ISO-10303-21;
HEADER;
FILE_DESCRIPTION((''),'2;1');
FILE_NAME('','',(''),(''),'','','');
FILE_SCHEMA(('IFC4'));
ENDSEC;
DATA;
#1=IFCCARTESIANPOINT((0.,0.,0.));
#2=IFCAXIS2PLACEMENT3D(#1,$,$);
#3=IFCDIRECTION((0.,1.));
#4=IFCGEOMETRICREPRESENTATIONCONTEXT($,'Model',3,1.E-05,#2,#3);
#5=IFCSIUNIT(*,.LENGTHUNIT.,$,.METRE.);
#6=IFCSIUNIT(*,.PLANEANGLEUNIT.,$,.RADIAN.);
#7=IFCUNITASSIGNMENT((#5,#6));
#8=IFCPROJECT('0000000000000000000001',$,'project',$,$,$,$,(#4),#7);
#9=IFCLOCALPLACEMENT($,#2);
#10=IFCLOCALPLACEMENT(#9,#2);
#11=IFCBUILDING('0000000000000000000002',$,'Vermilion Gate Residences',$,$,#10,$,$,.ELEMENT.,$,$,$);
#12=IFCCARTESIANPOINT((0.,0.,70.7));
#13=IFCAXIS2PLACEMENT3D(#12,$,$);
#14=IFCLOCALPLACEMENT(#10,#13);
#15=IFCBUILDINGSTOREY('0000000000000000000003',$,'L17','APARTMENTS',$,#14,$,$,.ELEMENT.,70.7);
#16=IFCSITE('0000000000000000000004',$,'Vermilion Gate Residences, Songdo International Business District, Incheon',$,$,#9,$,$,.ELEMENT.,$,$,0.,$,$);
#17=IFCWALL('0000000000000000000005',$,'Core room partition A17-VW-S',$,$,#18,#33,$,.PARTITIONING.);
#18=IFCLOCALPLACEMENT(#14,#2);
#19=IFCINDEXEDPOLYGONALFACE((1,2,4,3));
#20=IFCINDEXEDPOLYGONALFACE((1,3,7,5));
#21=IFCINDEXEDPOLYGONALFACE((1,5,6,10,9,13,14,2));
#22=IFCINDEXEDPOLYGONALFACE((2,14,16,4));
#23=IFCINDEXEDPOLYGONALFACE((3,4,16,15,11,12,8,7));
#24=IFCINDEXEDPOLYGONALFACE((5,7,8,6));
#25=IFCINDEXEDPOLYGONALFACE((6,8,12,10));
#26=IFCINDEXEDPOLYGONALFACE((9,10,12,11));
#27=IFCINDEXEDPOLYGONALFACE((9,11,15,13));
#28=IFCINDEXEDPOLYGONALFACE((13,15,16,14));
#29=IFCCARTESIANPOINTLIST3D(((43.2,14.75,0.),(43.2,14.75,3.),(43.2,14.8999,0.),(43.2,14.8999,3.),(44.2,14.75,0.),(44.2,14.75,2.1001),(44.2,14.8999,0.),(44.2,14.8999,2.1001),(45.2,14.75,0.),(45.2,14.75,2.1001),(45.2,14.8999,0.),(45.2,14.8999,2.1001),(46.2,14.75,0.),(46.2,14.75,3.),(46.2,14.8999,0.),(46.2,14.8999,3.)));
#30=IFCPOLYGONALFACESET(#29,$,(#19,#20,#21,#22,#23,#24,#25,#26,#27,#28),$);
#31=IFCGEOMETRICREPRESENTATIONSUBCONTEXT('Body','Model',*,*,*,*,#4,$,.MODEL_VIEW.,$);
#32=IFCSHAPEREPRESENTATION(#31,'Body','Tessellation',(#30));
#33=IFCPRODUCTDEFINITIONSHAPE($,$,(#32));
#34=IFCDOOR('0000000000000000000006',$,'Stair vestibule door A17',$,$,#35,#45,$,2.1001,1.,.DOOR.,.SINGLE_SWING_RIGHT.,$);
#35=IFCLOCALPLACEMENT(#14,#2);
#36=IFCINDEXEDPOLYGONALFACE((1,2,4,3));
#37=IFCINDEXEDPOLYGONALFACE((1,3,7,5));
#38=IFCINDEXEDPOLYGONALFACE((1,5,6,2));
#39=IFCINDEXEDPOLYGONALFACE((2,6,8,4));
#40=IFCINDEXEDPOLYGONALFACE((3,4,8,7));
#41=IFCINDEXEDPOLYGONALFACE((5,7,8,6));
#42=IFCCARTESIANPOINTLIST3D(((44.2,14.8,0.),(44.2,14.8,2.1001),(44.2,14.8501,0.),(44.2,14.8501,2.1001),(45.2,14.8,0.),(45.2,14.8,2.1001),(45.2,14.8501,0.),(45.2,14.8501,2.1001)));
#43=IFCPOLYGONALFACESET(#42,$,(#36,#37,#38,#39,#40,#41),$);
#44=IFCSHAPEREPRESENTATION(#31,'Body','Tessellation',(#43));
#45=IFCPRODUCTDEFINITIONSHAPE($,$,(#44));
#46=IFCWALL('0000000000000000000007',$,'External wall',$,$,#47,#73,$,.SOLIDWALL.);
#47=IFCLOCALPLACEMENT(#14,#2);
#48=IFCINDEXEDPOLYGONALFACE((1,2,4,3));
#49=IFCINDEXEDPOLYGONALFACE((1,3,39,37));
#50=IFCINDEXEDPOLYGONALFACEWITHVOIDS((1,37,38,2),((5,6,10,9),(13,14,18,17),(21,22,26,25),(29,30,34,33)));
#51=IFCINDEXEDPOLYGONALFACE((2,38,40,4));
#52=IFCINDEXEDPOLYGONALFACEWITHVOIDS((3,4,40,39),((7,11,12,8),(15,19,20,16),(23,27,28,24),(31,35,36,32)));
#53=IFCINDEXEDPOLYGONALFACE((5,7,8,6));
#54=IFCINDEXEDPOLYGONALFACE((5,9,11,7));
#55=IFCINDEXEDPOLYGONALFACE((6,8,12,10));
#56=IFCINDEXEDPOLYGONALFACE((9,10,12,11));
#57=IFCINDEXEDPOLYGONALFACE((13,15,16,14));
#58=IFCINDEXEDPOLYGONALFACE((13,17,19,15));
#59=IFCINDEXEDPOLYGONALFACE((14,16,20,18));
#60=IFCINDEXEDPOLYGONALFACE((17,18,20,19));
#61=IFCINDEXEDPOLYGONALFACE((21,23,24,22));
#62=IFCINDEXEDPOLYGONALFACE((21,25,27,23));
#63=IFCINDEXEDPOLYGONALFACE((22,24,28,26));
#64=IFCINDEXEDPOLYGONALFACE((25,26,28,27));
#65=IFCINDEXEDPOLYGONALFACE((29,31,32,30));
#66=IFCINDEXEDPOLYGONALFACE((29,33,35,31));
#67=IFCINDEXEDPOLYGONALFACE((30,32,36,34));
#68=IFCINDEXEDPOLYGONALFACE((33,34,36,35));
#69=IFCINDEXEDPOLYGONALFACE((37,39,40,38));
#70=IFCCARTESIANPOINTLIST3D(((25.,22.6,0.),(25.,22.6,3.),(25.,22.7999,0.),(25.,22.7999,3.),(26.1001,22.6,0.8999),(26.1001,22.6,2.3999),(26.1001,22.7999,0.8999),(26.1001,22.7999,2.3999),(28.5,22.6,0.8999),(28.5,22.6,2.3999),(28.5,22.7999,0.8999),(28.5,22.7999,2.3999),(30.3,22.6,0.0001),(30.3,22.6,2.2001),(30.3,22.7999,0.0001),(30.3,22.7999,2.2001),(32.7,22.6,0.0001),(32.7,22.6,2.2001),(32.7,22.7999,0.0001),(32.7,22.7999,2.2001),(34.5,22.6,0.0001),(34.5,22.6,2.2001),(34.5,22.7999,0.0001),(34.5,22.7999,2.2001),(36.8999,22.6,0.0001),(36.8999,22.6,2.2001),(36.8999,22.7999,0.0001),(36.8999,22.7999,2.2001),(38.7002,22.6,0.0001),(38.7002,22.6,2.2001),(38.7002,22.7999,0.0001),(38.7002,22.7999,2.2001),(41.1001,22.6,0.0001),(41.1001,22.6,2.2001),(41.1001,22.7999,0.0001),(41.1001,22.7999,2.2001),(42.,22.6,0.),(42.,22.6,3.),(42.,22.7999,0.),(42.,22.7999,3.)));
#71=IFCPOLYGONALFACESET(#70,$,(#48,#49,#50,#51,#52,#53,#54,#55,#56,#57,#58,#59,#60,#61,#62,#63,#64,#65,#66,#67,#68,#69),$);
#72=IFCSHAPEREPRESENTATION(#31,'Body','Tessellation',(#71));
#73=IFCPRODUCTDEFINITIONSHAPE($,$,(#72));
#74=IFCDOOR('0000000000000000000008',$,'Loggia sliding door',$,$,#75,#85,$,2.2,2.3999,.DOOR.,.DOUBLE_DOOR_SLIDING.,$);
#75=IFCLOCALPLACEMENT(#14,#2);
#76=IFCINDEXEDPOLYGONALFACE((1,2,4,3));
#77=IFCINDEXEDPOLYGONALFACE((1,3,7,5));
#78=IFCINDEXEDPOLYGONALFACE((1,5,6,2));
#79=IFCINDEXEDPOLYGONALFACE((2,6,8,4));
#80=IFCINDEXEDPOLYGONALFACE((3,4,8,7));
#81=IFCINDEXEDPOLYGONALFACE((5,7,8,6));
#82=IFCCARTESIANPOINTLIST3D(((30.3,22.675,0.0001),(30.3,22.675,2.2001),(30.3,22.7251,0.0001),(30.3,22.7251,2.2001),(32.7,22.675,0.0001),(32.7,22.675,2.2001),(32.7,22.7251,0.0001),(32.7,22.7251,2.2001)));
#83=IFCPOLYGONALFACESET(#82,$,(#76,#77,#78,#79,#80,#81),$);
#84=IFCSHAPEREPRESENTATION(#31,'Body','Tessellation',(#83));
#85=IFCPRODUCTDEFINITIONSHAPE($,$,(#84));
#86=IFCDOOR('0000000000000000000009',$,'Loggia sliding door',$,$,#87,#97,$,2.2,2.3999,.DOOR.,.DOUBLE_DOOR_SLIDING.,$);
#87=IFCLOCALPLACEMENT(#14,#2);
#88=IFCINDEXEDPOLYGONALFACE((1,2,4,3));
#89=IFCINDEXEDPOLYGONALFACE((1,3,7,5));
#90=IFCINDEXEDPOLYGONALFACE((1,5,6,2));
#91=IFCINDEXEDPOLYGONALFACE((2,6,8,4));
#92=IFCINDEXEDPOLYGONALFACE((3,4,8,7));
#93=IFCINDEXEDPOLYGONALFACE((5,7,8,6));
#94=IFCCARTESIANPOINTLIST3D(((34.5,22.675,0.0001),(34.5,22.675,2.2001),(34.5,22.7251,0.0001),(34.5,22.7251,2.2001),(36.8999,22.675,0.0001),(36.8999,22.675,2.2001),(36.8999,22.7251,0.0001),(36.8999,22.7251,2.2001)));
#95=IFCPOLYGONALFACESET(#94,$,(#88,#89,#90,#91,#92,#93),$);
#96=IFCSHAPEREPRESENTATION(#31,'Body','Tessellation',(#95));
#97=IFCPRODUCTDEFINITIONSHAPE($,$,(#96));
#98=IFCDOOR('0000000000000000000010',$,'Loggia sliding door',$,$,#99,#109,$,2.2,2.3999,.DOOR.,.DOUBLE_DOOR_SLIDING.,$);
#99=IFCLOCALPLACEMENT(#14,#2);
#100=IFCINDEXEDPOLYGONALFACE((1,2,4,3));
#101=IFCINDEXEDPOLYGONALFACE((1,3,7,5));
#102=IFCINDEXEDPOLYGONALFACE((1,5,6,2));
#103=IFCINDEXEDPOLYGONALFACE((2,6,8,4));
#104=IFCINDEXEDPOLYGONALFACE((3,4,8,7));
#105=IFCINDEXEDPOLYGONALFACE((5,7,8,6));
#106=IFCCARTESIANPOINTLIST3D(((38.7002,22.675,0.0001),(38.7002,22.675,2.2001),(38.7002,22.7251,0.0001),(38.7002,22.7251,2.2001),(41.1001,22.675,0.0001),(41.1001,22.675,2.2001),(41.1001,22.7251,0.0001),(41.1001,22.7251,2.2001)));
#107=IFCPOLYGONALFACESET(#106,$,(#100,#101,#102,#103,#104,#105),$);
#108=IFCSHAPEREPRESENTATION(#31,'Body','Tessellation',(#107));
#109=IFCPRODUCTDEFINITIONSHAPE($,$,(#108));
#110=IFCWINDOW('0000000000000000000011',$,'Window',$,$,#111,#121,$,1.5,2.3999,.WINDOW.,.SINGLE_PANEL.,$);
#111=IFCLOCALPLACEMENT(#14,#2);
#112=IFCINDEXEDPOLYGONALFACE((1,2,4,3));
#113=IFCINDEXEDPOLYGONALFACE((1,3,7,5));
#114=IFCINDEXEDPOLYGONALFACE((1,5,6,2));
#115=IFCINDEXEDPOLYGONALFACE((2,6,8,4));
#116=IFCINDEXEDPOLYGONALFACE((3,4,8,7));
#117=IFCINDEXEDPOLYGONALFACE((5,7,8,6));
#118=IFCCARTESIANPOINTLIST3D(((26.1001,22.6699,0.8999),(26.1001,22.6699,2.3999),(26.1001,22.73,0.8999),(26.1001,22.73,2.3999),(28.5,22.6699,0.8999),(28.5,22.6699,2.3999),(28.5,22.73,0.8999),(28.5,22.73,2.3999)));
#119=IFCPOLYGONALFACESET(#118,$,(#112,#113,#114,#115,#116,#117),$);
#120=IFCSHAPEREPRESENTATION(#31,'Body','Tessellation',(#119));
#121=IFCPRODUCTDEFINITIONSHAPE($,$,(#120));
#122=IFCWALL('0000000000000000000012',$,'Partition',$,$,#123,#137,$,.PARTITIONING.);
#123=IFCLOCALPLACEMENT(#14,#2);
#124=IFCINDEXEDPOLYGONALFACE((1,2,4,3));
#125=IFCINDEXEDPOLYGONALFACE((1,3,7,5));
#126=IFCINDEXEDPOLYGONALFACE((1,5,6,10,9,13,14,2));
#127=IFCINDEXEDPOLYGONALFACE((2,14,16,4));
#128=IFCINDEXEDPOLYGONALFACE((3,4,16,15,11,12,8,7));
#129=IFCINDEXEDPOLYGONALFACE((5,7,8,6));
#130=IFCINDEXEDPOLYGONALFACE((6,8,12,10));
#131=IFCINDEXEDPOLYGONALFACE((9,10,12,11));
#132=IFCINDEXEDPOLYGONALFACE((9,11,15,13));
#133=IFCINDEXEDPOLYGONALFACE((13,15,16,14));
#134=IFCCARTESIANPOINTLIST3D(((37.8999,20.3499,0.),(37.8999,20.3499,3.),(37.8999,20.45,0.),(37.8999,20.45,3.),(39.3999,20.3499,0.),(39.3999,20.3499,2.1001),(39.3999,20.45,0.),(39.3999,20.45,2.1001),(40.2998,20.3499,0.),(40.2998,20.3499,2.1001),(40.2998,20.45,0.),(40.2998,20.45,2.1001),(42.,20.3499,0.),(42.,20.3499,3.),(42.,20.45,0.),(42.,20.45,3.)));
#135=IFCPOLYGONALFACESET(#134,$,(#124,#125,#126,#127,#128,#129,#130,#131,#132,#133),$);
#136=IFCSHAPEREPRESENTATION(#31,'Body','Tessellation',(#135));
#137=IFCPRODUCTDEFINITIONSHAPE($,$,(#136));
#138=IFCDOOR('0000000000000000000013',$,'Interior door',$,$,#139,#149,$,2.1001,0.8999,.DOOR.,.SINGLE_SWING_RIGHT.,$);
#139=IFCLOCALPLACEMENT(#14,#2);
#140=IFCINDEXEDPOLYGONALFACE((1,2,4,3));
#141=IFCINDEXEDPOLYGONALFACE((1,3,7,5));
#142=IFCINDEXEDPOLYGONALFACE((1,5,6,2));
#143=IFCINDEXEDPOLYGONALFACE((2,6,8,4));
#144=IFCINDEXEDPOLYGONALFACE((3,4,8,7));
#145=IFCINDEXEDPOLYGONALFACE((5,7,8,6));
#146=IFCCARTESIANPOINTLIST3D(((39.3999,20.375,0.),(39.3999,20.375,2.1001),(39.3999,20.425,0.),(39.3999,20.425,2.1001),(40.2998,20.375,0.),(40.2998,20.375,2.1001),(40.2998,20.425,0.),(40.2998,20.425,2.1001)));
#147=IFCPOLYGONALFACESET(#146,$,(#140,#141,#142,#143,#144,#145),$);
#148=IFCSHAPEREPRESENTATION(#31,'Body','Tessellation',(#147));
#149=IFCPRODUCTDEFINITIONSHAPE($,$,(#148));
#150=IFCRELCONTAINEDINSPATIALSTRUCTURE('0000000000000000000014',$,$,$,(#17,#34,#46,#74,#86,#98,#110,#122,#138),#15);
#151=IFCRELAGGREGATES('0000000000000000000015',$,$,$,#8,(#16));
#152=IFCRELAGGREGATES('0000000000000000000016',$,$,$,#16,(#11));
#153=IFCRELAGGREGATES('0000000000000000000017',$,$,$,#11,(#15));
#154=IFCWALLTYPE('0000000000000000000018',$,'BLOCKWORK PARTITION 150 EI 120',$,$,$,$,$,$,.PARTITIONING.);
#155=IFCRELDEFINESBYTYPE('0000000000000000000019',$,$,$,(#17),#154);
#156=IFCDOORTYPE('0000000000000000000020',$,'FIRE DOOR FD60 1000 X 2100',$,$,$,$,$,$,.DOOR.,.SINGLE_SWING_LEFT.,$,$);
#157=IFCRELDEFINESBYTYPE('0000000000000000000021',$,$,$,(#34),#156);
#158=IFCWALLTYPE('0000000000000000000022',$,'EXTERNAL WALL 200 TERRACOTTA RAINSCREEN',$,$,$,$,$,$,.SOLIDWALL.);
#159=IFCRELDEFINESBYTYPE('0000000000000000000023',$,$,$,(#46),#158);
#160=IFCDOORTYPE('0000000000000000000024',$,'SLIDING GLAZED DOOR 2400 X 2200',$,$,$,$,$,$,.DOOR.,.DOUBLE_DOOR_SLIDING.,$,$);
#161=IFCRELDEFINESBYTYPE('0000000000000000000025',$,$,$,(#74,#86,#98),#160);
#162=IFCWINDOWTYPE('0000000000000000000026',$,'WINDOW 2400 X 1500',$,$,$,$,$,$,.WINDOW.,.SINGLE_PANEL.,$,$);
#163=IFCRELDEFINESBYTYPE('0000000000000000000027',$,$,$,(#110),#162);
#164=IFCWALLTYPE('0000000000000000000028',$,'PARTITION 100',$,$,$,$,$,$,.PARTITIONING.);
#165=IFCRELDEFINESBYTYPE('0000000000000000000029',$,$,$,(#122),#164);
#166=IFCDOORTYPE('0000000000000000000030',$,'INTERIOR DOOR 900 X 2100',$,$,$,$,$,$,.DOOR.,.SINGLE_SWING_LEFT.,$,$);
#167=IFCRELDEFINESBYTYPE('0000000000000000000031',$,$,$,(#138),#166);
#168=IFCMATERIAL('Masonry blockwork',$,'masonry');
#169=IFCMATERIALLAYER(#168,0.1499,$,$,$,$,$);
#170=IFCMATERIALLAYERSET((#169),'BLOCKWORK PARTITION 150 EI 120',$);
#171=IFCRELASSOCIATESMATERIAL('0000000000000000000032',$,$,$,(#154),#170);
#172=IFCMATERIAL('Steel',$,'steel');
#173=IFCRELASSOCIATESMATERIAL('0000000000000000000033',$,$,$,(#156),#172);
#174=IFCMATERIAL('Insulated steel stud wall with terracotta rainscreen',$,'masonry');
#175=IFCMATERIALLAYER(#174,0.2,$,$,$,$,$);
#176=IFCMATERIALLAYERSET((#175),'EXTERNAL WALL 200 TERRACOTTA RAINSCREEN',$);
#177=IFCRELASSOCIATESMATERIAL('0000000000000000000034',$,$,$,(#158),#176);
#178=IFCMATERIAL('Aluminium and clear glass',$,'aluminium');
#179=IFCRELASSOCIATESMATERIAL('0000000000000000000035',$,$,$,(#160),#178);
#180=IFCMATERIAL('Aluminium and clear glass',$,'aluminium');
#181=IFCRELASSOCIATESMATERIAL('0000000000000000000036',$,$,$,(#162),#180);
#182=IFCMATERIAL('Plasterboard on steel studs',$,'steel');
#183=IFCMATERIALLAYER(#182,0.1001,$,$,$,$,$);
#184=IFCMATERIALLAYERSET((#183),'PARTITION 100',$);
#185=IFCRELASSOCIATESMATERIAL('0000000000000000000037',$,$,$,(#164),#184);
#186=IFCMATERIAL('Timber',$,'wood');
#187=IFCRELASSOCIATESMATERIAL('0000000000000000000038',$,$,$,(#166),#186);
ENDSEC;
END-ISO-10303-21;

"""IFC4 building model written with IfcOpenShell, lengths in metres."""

from ifc_helpers import new_model, si_unit, direction, frame, frame_2d, origin, place, context, subcontext, project, spatial, rectangle, extrude, material, layer, layer_set, type_object, element, fill, save


model = new_model("IFC4")

# Units and contexts
model_context = context("Model", 3, precision=1e-05, world=origin(), true_north=direction((0.0, 1.0)))
body_context = subcontext(model_context, "Body", "Model", "MODEL_VIEW")
ifc_project = project(units=[si_unit("LENGTHUNIT", "METRE"), si_unit("PLANEANGLEUNIT", "RADIAN")], contexts=[model_context])

# Site, building, storey
site_placement = place(None, origin())
site = spatial("IfcSite", under=ifc_project, at=site_placement, Name="Vermilion Gate Residences, Songdo International Business District, Incheon", CompositionType="ELEMENT", RefElevation=0.0)
building_placement = place(site_placement, origin())
building = spatial("IfcBuilding", under=site, at=building_placement, Name="Vermilion Gate Residences", CompositionType="ELEMENT")
storey_placement = place(building_placement, frame((0.0, 0.0, 70.7)))
storey = spatial("IfcBuildingStorey", under=building, at=storey_placement, Name="L17", Description="APARTMENTS", CompositionType="ELEMENT", Elevation=70.7)

# Wall, opening, door
ifc_material_1 = material(Name="Masonry blockwork", Category="masonry")
ifc_layer_1 = layer(ifc_material_1, 0.1499)
ifc_layer_set_1 = layer_set([ifc_layer_1], Name="BLOCKWORK PARTITION 150 EI 120")
wall_type_1 = type_object("IfcWallType", Name="BLOCKWORK PARTITION 150 EI 120", PredefinedType="PARTITIONING", material=ifc_layer_set_1)
wall_1_placement = place(storey_placement, frame((43.2, 14.825, 0.0), z_axis=(0.0, 0.0, 1.0), x_axis=(1.0, 0.0, 0.0)))
wall_1 = element("IfcWall", 1, at=wall_1_placement, inside=storey, type_object=wall_type_1, Name="Core room partition A17-VW-S", PredefinedType="PARTITIONING", context=body_context, shape_type="SweptSolid", body=[
    extrude(rectangle(XDim=3.0, YDim=0.1499, at=frame_2d((1.5, 0.0))), origin(), (0.0, 0.0, 1.0), 3.0),
])
opening_1_placement = place(wall_1_placement, frame((1.0, 0.0, 0.0)))
opening_1 = element("IfcOpeningElement", 2, at=opening_1_placement, cuts=wall_1, PredefinedType="OPENING", context=body_context, shape_type="SweptSolid", body=[
    extrude(rectangle(XDim=1.0, YDim=2.1001, at=frame_2d((0.5, 1.05))), frame((0.0, 0.085, 0.0), z_axis=(0.0, -1.0, 0.0), x_axis=(1.0, 0.0, 0.0)), (0.0, 0.0, 1.0), 0.1699),
])
ifc_material_2 = material(Name="Steel", Category="steel")
door_type_1 = type_object("IfcDoorType", Name="FIRE DOOR FD60 1000 X 2100", OperationType="SINGLE_SWING_LEFT", PredefinedType="DOOR", material=ifc_material_2)
door_1_placement = place(opening_1_placement, frame((1.0, 0.0, 0.0), z_axis=(0.0, 0.0, 1.0), x_axis=(-1.0, 0.0, 0.0)))
door_1 = element("IfcDoor", 3, at=door_1_placement, inside=storey, type_object=door_type_1, Name="Stair vestibule door A17", OperationType="SINGLE_SWING_RIGHT", OverallHeight=2.1001, OverallWidth=1.0, PredefinedType="DOOR", context=body_context, shape_type="SweptSolid", body=[
    extrude(rectangle(XDim=1.0, YDim=2.1001, at=frame_2d((0.5, 1.05))), frame((0.0, 0.0249, 0.0), z_axis=(0.0, -1.0, 0.0), x_axis=(1.0, 0.0, 0.0)), (0.0, 0.0, 1.0), 0.05),
])
fill(opening_1, door_1)

# Wall, openings, doors, window
ifc_material_3 = material(Name="Insulated steel stud wall with terracotta rainscreen", Category="masonry")
ifc_layer_2 = layer(ifc_material_3, 0.2)
ifc_layer_set_2 = layer_set([ifc_layer_2], Name="EXTERNAL WALL 200 TERRACOTTA RAINSCREEN")
wall_type_2 = type_object("IfcWallType", Name="EXTERNAL WALL 200 TERRACOTTA RAINSCREEN", PredefinedType="SOLIDWALL", material=ifc_layer_set_2)
wall_2_placement = place(storey_placement, frame((42.0, 22.7, 0.0), z_axis=(0.0, 0.0, 1.0), x_axis=(-1.0, 0.0, 0.0)))
wall_2 = element("IfcWall", 4, at=wall_2_placement, inside=storey, type_object=wall_type_2, Name="External wall", PredefinedType="SOLIDWALL", context=body_context, shape_type="SweptSolid", body=[
    extrude(rectangle(XDim=17.0, YDim=0.2, at=frame_2d((8.5, 0.0))), origin(), (0.0, 0.0, 1.0), 3.0),
])
opening_2_placement = place(wall_2_placement, frame((13.5, 0.0, 0.8999)))
opening_2 = element("IfcOpeningElement", 5, at=opening_2_placement, cuts=wall_2, PredefinedType="OPENING", context=body_context, shape_type="SweptSolid", body=[
    extrude(rectangle(XDim=2.3999, YDim=1.5, at=frame_2d((1.2, 0.75))), frame((0.0, 0.1099, 0.0), z_axis=(0.0, -1.0, 0.0), x_axis=(1.0, 0.0, 0.0)), (0.0, 0.0, 1.0), 0.22),
])
opening_3_placement = place(wall_2_placement, frame((9.3, 0.0, 0.0)))
opening_3 = element("IfcOpeningElement", 6, at=opening_3_placement, cuts=wall_2, PredefinedType="OPENING", context=body_context, shape_type="SweptSolid", body=[
    extrude(rectangle(XDim=2.3999, YDim=2.2, at=frame_2d((1.2, 1.1001))), frame((0.0, 0.1099, 0.0), z_axis=(0.0, -1.0, 0.0), x_axis=(1.0, 0.0, 0.0)), (0.0, 0.0, 1.0), 0.22),
])
opening_4_placement = place(wall_2_placement, frame((5.1001, 0.0, 0.0)))
opening_4 = element("IfcOpeningElement", 7, at=opening_4_placement, cuts=wall_2, PredefinedType="OPENING", context=body_context, shape_type="SweptSolid", body=[
    extrude(rectangle(XDim=2.3999, YDim=2.2, at=frame_2d((1.2, 1.1001))), frame((0.0, 0.1099, 0.0), z_axis=(0.0, -1.0, 0.0), x_axis=(1.0, 0.0, 0.0)), (0.0, 0.0, 1.0), 0.22),
])
opening_5_placement = place(wall_2_placement, frame((0.8999, 0.0, 0.0)))
opening_5 = element("IfcOpeningElement", 8, at=opening_5_placement, cuts=wall_2, PredefinedType="OPENING", context=body_context, shape_type="SweptSolid", body=[
    extrude(rectangle(XDim=2.3999, YDim=2.2, at=frame_2d((1.2, 1.1001))), frame((0.0, 0.1099, 0.0), z_axis=(0.0, -1.0, 0.0), x_axis=(1.0, 0.0, 0.0)), (0.0, 0.0, 1.0), 0.22),
])
ifc_material_4 = material(Name="Aluminium and clear glass", Category="aluminium")
door_type_2 = type_object("IfcDoorType", Name="SLIDING GLAZED DOOR 2400 X 2200", OperationType="DOUBLE_DOOR_SLIDING", PredefinedType="DOOR", material=ifc_material_4)
door_2_placement = place(opening_3_placement, origin())
door_2 = element("IfcDoor", 9, at=door_2_placement, inside=storey, type_object=door_type_2, Name="Loggia sliding door", OperationType="DOUBLE_DOOR_SLIDING", OverallHeight=2.2, OverallWidth=2.3999, PredefinedType="DOOR", context=body_context, shape_type="SweptSolid", body=[
    extrude(rectangle(XDim=2.3999, YDim=2.2, at=frame_2d((1.2, 1.1001))), frame((0.0, 0.0249, 0.0), z_axis=(0.0, -1.0, 0.0), x_axis=(1.0, 0.0, 0.0)), (0.0, 0.0, 1.0), 0.05),
])
fill(opening_3, door_2)
door_3_placement = place(opening_4_placement, origin())
door_3 = element("IfcDoor", 10, at=door_3_placement, inside=storey, type_object=door_type_2, Name="Loggia sliding door", OperationType="DOUBLE_DOOR_SLIDING", OverallHeight=2.2, OverallWidth=2.3999, PredefinedType="DOOR", context=body_context, shape_type="SweptSolid", body=[
    extrude(rectangle(XDim=2.3999, YDim=2.2, at=frame_2d((1.2, 1.1001))), frame((0.0, 0.0249, 0.0), z_axis=(0.0, -1.0, 0.0), x_axis=(1.0, 0.0, 0.0)), (0.0, 0.0, 1.0), 0.05),
])
fill(opening_4, door_3)
door_4_placement = place(opening_5_placement, origin())
door_4 = element("IfcDoor", 11, at=door_4_placement, inside=storey, type_object=door_type_2, Name="Loggia sliding door", OperationType="DOUBLE_DOOR_SLIDING", OverallHeight=2.2, OverallWidth=2.3999, PredefinedType="DOOR", context=body_context, shape_type="SweptSolid", body=[
    extrude(rectangle(XDim=2.3999, YDim=2.2, at=frame_2d((1.2, 1.1001))), frame((0.0, 0.0249, 0.0), z_axis=(0.0, -1.0, 0.0), x_axis=(1.0, 0.0, 0.0)), (0.0, 0.0, 1.0), 0.05),
])
fill(opening_5, door_4)
ifc_material_5 = material(Name="Aluminium and clear glass", Category="aluminium")
window_type_1 = type_object("IfcWindowType", Name="WINDOW 2400 X 1500", PartitioningType="SINGLE_PANEL", PredefinedType="WINDOW", material=ifc_material_5)
window_1_placement = place(opening_2_placement, origin())
window_1 = element("IfcWindow", 12, at=window_1_placement, inside=storey, type_object=window_type_1, Name="Window", OverallHeight=1.5, OverallWidth=2.3999, PartitioningType="SINGLE_PANEL", PredefinedType="WINDOW", context=body_context, shape_type="SweptSolid", body=[
    extrude(rectangle(XDim=2.3999, YDim=1.5, at=frame_2d((1.2, 0.75))), frame((0.0, 0.03, 0.0), z_axis=(0.0, -1.0, 0.0), x_axis=(1.0, 0.0, 0.0)), (0.0, 0.0, 1.0), 0.0601),
])
fill(opening_2, window_1)

# Wall, opening, door
ifc_material_6 = material(Name="Plasterboard on steel studs", Category="steel")
ifc_layer_3 = layer(ifc_material_6, 0.1001)
ifc_layer_set_3 = layer_set([ifc_layer_3], Name="PARTITION 100")
wall_type_3 = type_object("IfcWallType", Name="PARTITION 100", PredefinedType="PARTITIONING", material=ifc_layer_set_3)
wall_3_placement = place(storey_placement, frame((37.8999, 20.3999, 0.0), z_axis=(0.0, 0.0, 1.0), x_axis=(1.0, 0.0, 0.0)))
wall_3 = element("IfcWall", 13, at=wall_3_placement, inside=storey, type_object=wall_type_3, Name="Partition", PredefinedType="PARTITIONING", context=body_context, shape_type="SweptSolid", body=[
    extrude(rectangle(XDim=4.1001, YDim=0.1001, at=frame_2d((2.05, 0.0))), origin(), (0.0, 0.0, 1.0), 3.0),
])
opening_6_placement = place(wall_3_placement, frame((1.5, 0.0, 0.0)))
opening_6 = element("IfcOpeningElement", 14, at=opening_6_placement, cuts=wall_3, PredefinedType="OPENING", context=body_context, shape_type="SweptSolid", body=[
    extrude(rectangle(XDim=0.8999, YDim=2.1001, at=frame_2d((0.45, 1.05))), frame((0.0, 0.0601, 0.0), z_axis=(0.0, -1.0, 0.0), x_axis=(1.0, 0.0, 0.0)), (0.0, 0.0, 1.0), 0.1201),
])
ifc_material_7 = material(Name="Timber", Category="wood")
door_type_3 = type_object("IfcDoorType", Name="INTERIOR DOOR 900 X 2100", OperationType="SINGLE_SWING_LEFT", PredefinedType="DOOR", material=ifc_material_7)
door_5_placement = place(opening_6_placement, frame((0.8999, 0.0, 0.0), z_axis=(0.0, 0.0, 1.0), x_axis=(-1.0, 0.0, 0.0)))
door_5 = element("IfcDoor", 15, at=door_5_placement, inside=storey, type_object=door_type_3, Name="Interior door", OperationType="SINGLE_SWING_RIGHT", OverallHeight=2.1001, OverallWidth=0.8999, PredefinedType="DOOR", context=body_context, shape_type="SweptSolid", body=[
    extrude(rectangle(XDim=0.8999, YDim=2.1001, at=frame_2d((0.45, 1.05))), frame((0.0, 0.0249, 0.0), z_axis=(0.0, -1.0, 0.0), x_axis=(1.0, 0.0, 0.0)), (0.0, 0.0, 1.0), 0.05),
])
fill(opening_6, door_5)

save(model, "model.ifc")
